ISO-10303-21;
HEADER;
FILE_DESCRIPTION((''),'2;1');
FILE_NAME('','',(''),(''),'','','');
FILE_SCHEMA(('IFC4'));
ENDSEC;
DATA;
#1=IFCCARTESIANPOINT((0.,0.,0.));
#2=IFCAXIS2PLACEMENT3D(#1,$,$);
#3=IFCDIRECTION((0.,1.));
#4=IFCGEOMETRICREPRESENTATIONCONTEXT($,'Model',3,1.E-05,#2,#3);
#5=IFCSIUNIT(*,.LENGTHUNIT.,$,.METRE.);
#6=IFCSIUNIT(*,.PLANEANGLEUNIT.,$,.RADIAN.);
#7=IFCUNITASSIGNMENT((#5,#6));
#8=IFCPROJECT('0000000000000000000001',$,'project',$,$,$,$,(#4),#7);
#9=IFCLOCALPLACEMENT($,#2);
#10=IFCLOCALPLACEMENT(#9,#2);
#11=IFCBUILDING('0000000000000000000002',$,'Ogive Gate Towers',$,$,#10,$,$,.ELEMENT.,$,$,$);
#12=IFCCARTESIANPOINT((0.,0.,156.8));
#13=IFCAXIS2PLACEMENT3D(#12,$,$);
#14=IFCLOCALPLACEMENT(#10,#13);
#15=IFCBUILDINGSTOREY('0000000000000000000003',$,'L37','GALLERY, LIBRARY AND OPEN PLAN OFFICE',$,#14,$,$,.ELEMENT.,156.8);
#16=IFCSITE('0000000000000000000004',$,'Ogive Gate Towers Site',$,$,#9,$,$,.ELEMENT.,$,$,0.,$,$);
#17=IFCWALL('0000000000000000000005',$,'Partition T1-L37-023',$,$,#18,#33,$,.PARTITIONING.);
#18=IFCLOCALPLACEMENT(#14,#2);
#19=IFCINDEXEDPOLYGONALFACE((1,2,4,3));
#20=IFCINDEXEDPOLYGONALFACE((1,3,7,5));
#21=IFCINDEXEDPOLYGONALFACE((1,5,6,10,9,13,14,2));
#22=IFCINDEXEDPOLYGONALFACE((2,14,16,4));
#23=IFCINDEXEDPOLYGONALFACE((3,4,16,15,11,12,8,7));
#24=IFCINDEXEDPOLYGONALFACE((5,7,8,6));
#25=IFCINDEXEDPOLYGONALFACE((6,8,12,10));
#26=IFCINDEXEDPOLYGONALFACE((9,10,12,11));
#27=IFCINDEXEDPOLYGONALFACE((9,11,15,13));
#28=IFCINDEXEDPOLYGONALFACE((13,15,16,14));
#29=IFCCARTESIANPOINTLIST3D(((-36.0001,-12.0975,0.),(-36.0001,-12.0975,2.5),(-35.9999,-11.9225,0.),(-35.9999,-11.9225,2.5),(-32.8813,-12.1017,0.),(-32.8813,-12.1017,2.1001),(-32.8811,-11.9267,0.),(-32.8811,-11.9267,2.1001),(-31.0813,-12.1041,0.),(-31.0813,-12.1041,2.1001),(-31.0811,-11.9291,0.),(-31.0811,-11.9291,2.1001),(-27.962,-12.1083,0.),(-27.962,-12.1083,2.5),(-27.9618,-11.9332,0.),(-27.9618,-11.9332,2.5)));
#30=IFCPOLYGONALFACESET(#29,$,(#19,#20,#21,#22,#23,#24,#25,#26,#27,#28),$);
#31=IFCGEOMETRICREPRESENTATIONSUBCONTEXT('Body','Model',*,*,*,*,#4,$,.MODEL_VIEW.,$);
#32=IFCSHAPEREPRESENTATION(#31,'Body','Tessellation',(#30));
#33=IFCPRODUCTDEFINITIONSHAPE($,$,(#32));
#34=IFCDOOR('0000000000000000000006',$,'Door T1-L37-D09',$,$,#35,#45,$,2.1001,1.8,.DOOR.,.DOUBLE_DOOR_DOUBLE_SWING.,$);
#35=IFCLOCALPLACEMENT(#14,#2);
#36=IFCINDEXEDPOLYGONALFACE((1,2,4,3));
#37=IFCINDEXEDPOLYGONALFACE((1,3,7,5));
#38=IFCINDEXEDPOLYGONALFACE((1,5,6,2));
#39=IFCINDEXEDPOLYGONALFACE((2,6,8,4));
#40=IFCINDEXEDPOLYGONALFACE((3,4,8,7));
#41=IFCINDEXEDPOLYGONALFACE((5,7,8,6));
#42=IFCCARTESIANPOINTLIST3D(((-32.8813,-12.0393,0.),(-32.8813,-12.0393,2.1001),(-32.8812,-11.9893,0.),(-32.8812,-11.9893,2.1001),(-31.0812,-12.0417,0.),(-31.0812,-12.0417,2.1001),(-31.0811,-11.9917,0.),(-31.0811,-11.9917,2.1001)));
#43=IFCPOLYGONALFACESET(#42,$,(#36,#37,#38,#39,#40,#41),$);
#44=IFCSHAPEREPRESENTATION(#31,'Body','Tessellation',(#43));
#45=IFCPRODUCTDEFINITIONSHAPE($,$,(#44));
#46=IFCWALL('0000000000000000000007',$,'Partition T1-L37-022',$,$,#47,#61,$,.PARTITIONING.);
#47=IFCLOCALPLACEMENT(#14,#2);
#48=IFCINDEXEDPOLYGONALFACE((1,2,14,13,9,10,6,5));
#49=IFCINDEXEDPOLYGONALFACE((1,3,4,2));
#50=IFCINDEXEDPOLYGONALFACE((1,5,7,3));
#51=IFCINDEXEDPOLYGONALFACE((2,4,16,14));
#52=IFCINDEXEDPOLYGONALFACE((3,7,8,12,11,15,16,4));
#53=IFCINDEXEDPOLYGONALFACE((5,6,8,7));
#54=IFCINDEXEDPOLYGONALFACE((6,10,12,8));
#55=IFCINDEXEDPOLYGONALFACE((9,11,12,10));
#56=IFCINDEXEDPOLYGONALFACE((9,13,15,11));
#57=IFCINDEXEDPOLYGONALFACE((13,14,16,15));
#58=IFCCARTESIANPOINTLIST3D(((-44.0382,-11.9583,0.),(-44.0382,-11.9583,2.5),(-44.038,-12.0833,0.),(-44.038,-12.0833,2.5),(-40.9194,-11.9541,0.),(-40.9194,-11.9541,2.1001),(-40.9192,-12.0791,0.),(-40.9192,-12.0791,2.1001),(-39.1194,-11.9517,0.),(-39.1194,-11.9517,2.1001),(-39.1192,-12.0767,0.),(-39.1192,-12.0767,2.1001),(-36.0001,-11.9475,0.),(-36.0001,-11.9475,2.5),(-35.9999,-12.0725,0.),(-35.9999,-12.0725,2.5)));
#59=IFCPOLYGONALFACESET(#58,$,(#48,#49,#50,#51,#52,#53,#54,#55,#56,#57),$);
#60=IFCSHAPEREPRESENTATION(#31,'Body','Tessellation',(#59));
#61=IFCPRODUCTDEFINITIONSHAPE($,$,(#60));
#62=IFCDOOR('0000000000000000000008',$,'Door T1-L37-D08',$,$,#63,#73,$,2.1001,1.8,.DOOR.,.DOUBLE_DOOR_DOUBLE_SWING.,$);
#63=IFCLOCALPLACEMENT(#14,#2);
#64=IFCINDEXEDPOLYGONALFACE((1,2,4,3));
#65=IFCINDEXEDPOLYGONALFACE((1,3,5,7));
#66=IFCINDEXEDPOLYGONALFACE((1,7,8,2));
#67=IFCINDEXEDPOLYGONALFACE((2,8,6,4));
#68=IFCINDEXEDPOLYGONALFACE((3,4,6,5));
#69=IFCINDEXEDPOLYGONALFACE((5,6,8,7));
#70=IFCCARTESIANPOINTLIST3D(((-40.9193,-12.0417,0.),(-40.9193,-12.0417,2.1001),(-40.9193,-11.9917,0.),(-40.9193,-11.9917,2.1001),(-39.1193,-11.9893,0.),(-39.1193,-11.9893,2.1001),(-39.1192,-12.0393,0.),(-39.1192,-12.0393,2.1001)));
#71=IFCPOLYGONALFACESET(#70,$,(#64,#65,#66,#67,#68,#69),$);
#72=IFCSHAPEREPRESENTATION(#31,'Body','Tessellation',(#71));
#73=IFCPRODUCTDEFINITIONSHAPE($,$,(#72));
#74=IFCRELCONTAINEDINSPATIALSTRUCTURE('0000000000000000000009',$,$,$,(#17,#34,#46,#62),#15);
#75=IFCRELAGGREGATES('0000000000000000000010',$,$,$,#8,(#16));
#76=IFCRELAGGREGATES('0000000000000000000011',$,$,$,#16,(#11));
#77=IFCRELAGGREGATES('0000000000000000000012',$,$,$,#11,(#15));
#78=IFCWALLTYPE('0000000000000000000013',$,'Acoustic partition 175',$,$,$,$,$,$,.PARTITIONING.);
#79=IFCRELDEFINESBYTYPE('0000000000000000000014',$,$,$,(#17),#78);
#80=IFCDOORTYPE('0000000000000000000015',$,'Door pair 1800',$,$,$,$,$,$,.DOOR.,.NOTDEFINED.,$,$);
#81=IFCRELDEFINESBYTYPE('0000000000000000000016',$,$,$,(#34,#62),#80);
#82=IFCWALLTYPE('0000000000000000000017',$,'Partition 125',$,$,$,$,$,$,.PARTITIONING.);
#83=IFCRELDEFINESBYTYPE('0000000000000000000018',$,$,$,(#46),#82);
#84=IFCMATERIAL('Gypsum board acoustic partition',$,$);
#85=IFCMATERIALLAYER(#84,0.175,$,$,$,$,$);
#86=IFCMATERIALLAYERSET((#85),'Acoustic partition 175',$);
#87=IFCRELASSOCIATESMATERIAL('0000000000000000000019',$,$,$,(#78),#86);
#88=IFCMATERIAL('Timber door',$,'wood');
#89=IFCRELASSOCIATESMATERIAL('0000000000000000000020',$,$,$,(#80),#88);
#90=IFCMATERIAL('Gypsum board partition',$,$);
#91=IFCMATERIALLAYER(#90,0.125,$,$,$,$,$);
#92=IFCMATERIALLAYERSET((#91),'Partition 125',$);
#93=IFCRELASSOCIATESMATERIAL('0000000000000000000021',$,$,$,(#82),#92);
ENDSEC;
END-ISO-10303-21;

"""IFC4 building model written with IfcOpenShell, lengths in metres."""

from ifc_helpers import new_model, si_unit, direction, frame, frame_2d, origin, place, context, subcontext, project, spatial, rectangle, extrude, material, layer, layer_set, type_object, element, fill, save


model = new_model("IFC4")

# Units and contexts
model_context = context("Model", 3, precision=1e-05, world=origin(), true_north=direction((0.0, 1.0)))
body_context = subcontext(model_context, "Body", "Model", "MODEL_VIEW")
ifc_project = project(units=[si_unit("LENGTHUNIT", "METRE"), si_unit("PLANEANGLEUNIT", "RADIAN")], contexts=[model_context])

# Site, building, storey
site_placement = place(None, origin())
site = spatial("IfcSite", under=ifc_project, at=site_placement, Name="Ogive Gate Towers Site", CompositionType="ELEMENT", RefElevation=0.0)
building_placement = place(site_placement, origin())
building = spatial("IfcBuilding", under=site, at=building_placement, Name="Ogive Gate Towers", CompositionType="ELEMENT")
storey_placement = place(building_placement, frame((0.0, 0.0, 156.8)))
storey = spatial("IfcBuildingStorey", under=building, at=storey_placement, Name="L37", Description="GALLERY, LIBRARY AND OPEN PLAN OFFICE", CompositionType="ELEMENT", Elevation=156.8)

# Shared definitions
ifc_material_1 = material(Name="Gypsum board acoustic partition")
ifc_layer_1 = layer(ifc_material_1, 0.175)
ifc_layer_set_1 = layer_set([ifc_layer_1], Name="Acoustic partition 175")
wall_type_1 = type_object("IfcWallType", Name="Acoustic partition 175", PredefinedType="PARTITIONING", material=ifc_layer_set_1)

# Walls, openings, doors
wall_1_placement = place(storey_placement, frame((-36.0, -12.01, 0.0), z_axis=(0.0, 0.0, 1.0), x_axis=(0.999999, -0.001336, 0.0)))
wall_1 = element("IfcWall", 1, at=wall_1_placement, inside=storey, type_object=wall_type_1, Name="Partition T1-L37-023", PredefinedType="PARTITIONING", context=body_context, shape_type="SweptSolid", body=[
    extrude(rectangle(XDim=8.0381, YDim=0.175, at=frame_2d((4.019, 0.0))), origin(), (0.0, 0.0, 1.0), 2.5),
])
opening_1_placement = place(wall_1_placement, frame((3.1189, 0.0, 0.0)))
opening_1 = element("IfcOpeningElement", 2, at=opening_1_placement, cuts=wall_1, PredefinedType="OPENING", context=body_context, shape_type="SweptSolid", body=[
    extrude(rectangle(XDim=1.8, YDim=2.1001, at=frame_2d((0.8999, 1.05))), frame((0.0, 0.0977, 0.0), z_axis=(0.0, -1.0, 0.0), x_axis=(1.0, 0.0, 0.0)), (0.0, 0.0, 1.0), 0.1951),
])
ifc_material_2 = material(Name="Timber door", Category="wood")
door_type = type_object("IfcDoorType", Name="Door pair 1800", OperationType="NOTDEFINED", PredefinedType="DOOR", material=ifc_material_2)
door_1_placement = place(opening_1_placement, origin())
door_1 = element("IfcDoor", 3, at=door_1_placement, inside=storey, type_object=door_type, Name="Door T1-L37-D09", OperationType="DOUBLE_DOOR_DOUBLE_SWING", OverallHeight=2.1001, OverallWidth=1.8, PredefinedType="DOOR", context=body_context, shape_type="SweptSolid", body=[
    extrude(rectangle(XDim=1.8, YDim=2.1001, at=frame_2d((0.8999, 1.05))), frame((0.0, 0.0249, 0.0), z_axis=(0.0, -1.0, 0.0), x_axis=(1.0, 0.0, 0.0)), (0.0, 0.0, 1.0), 0.05),
])
fill(opening_1, door_1)
ifc_material_3 = material(Name="Gypsum board partition")
ifc_layer_2 = layer(ifc_material_3, 0.125)
ifc_layer_set_2 = layer_set([ifc_layer_2], Name="Partition 125")
wall_type_2 = type_object("IfcWallType", Name="Partition 125", PredefinedType="PARTITIONING", material=ifc_layer_set_2)
wall_2_placement = place(storey_placement, frame((-44.0381, -12.0208, 0.0), z_axis=(0.0, 0.0, 1.0), x_axis=(0.999999, 0.001336, 0.0)))
wall_2 = element("IfcWall", 4, at=wall_2_placement, inside=storey, type_object=wall_type_2, Name="Partition T1-L37-022", PredefinedType="PARTITIONING", context=body_context, shape_type="SweptSolid", body=[
    extrude(rectangle(XDim=8.0381, YDim=0.125, at=frame_2d((4.019, 0.0))), origin(), (0.0, 0.0, 1.0), 2.5),
])
opening_2_placement = place(wall_2_placement, frame((3.1189, 0.0, 0.0)))
opening_2 = element("IfcOpeningElement", 5, at=opening_2_placement, cuts=wall_2, PredefinedType="OPENING", context=body_context, shape_type="SweptSolid", body=[
    extrude(rectangle(XDim=1.8, YDim=2.1001, at=frame_2d((0.8999, 1.05))), frame((0.0, 0.0725, 0.0), z_axis=(0.0, -1.0, 0.0), x_axis=(1.0, 0.0, 0.0)), (0.0, 0.0, 1.0), 0.145),
])
door_2_placement = place(opening_2_placement, origin())
door_2 = element("IfcDoor", 6, at=door_2_placement, inside=storey, type_object=door_type, Name="Door T1-L37-D08", OperationType="DOUBLE_DOOR_DOUBLE_SWING", OverallHeight=2.1001, OverallWidth=1.8, PredefinedType="DOOR", context=body_context, shape_type="SweptSolid", body=[
    extrude(rectangle(XDim=1.8, YDim=2.1001, at=frame_2d((0.8999, 1.05))), frame((0.0, 0.0249, 0.0), z_axis=(0.0, -1.0, 0.0), x_axis=(1.0, 0.0, 0.0)), (0.0, 0.0, 1.0), 0.05),
])
fill(opening_2, door_2)

save(model, "model.ifc")
